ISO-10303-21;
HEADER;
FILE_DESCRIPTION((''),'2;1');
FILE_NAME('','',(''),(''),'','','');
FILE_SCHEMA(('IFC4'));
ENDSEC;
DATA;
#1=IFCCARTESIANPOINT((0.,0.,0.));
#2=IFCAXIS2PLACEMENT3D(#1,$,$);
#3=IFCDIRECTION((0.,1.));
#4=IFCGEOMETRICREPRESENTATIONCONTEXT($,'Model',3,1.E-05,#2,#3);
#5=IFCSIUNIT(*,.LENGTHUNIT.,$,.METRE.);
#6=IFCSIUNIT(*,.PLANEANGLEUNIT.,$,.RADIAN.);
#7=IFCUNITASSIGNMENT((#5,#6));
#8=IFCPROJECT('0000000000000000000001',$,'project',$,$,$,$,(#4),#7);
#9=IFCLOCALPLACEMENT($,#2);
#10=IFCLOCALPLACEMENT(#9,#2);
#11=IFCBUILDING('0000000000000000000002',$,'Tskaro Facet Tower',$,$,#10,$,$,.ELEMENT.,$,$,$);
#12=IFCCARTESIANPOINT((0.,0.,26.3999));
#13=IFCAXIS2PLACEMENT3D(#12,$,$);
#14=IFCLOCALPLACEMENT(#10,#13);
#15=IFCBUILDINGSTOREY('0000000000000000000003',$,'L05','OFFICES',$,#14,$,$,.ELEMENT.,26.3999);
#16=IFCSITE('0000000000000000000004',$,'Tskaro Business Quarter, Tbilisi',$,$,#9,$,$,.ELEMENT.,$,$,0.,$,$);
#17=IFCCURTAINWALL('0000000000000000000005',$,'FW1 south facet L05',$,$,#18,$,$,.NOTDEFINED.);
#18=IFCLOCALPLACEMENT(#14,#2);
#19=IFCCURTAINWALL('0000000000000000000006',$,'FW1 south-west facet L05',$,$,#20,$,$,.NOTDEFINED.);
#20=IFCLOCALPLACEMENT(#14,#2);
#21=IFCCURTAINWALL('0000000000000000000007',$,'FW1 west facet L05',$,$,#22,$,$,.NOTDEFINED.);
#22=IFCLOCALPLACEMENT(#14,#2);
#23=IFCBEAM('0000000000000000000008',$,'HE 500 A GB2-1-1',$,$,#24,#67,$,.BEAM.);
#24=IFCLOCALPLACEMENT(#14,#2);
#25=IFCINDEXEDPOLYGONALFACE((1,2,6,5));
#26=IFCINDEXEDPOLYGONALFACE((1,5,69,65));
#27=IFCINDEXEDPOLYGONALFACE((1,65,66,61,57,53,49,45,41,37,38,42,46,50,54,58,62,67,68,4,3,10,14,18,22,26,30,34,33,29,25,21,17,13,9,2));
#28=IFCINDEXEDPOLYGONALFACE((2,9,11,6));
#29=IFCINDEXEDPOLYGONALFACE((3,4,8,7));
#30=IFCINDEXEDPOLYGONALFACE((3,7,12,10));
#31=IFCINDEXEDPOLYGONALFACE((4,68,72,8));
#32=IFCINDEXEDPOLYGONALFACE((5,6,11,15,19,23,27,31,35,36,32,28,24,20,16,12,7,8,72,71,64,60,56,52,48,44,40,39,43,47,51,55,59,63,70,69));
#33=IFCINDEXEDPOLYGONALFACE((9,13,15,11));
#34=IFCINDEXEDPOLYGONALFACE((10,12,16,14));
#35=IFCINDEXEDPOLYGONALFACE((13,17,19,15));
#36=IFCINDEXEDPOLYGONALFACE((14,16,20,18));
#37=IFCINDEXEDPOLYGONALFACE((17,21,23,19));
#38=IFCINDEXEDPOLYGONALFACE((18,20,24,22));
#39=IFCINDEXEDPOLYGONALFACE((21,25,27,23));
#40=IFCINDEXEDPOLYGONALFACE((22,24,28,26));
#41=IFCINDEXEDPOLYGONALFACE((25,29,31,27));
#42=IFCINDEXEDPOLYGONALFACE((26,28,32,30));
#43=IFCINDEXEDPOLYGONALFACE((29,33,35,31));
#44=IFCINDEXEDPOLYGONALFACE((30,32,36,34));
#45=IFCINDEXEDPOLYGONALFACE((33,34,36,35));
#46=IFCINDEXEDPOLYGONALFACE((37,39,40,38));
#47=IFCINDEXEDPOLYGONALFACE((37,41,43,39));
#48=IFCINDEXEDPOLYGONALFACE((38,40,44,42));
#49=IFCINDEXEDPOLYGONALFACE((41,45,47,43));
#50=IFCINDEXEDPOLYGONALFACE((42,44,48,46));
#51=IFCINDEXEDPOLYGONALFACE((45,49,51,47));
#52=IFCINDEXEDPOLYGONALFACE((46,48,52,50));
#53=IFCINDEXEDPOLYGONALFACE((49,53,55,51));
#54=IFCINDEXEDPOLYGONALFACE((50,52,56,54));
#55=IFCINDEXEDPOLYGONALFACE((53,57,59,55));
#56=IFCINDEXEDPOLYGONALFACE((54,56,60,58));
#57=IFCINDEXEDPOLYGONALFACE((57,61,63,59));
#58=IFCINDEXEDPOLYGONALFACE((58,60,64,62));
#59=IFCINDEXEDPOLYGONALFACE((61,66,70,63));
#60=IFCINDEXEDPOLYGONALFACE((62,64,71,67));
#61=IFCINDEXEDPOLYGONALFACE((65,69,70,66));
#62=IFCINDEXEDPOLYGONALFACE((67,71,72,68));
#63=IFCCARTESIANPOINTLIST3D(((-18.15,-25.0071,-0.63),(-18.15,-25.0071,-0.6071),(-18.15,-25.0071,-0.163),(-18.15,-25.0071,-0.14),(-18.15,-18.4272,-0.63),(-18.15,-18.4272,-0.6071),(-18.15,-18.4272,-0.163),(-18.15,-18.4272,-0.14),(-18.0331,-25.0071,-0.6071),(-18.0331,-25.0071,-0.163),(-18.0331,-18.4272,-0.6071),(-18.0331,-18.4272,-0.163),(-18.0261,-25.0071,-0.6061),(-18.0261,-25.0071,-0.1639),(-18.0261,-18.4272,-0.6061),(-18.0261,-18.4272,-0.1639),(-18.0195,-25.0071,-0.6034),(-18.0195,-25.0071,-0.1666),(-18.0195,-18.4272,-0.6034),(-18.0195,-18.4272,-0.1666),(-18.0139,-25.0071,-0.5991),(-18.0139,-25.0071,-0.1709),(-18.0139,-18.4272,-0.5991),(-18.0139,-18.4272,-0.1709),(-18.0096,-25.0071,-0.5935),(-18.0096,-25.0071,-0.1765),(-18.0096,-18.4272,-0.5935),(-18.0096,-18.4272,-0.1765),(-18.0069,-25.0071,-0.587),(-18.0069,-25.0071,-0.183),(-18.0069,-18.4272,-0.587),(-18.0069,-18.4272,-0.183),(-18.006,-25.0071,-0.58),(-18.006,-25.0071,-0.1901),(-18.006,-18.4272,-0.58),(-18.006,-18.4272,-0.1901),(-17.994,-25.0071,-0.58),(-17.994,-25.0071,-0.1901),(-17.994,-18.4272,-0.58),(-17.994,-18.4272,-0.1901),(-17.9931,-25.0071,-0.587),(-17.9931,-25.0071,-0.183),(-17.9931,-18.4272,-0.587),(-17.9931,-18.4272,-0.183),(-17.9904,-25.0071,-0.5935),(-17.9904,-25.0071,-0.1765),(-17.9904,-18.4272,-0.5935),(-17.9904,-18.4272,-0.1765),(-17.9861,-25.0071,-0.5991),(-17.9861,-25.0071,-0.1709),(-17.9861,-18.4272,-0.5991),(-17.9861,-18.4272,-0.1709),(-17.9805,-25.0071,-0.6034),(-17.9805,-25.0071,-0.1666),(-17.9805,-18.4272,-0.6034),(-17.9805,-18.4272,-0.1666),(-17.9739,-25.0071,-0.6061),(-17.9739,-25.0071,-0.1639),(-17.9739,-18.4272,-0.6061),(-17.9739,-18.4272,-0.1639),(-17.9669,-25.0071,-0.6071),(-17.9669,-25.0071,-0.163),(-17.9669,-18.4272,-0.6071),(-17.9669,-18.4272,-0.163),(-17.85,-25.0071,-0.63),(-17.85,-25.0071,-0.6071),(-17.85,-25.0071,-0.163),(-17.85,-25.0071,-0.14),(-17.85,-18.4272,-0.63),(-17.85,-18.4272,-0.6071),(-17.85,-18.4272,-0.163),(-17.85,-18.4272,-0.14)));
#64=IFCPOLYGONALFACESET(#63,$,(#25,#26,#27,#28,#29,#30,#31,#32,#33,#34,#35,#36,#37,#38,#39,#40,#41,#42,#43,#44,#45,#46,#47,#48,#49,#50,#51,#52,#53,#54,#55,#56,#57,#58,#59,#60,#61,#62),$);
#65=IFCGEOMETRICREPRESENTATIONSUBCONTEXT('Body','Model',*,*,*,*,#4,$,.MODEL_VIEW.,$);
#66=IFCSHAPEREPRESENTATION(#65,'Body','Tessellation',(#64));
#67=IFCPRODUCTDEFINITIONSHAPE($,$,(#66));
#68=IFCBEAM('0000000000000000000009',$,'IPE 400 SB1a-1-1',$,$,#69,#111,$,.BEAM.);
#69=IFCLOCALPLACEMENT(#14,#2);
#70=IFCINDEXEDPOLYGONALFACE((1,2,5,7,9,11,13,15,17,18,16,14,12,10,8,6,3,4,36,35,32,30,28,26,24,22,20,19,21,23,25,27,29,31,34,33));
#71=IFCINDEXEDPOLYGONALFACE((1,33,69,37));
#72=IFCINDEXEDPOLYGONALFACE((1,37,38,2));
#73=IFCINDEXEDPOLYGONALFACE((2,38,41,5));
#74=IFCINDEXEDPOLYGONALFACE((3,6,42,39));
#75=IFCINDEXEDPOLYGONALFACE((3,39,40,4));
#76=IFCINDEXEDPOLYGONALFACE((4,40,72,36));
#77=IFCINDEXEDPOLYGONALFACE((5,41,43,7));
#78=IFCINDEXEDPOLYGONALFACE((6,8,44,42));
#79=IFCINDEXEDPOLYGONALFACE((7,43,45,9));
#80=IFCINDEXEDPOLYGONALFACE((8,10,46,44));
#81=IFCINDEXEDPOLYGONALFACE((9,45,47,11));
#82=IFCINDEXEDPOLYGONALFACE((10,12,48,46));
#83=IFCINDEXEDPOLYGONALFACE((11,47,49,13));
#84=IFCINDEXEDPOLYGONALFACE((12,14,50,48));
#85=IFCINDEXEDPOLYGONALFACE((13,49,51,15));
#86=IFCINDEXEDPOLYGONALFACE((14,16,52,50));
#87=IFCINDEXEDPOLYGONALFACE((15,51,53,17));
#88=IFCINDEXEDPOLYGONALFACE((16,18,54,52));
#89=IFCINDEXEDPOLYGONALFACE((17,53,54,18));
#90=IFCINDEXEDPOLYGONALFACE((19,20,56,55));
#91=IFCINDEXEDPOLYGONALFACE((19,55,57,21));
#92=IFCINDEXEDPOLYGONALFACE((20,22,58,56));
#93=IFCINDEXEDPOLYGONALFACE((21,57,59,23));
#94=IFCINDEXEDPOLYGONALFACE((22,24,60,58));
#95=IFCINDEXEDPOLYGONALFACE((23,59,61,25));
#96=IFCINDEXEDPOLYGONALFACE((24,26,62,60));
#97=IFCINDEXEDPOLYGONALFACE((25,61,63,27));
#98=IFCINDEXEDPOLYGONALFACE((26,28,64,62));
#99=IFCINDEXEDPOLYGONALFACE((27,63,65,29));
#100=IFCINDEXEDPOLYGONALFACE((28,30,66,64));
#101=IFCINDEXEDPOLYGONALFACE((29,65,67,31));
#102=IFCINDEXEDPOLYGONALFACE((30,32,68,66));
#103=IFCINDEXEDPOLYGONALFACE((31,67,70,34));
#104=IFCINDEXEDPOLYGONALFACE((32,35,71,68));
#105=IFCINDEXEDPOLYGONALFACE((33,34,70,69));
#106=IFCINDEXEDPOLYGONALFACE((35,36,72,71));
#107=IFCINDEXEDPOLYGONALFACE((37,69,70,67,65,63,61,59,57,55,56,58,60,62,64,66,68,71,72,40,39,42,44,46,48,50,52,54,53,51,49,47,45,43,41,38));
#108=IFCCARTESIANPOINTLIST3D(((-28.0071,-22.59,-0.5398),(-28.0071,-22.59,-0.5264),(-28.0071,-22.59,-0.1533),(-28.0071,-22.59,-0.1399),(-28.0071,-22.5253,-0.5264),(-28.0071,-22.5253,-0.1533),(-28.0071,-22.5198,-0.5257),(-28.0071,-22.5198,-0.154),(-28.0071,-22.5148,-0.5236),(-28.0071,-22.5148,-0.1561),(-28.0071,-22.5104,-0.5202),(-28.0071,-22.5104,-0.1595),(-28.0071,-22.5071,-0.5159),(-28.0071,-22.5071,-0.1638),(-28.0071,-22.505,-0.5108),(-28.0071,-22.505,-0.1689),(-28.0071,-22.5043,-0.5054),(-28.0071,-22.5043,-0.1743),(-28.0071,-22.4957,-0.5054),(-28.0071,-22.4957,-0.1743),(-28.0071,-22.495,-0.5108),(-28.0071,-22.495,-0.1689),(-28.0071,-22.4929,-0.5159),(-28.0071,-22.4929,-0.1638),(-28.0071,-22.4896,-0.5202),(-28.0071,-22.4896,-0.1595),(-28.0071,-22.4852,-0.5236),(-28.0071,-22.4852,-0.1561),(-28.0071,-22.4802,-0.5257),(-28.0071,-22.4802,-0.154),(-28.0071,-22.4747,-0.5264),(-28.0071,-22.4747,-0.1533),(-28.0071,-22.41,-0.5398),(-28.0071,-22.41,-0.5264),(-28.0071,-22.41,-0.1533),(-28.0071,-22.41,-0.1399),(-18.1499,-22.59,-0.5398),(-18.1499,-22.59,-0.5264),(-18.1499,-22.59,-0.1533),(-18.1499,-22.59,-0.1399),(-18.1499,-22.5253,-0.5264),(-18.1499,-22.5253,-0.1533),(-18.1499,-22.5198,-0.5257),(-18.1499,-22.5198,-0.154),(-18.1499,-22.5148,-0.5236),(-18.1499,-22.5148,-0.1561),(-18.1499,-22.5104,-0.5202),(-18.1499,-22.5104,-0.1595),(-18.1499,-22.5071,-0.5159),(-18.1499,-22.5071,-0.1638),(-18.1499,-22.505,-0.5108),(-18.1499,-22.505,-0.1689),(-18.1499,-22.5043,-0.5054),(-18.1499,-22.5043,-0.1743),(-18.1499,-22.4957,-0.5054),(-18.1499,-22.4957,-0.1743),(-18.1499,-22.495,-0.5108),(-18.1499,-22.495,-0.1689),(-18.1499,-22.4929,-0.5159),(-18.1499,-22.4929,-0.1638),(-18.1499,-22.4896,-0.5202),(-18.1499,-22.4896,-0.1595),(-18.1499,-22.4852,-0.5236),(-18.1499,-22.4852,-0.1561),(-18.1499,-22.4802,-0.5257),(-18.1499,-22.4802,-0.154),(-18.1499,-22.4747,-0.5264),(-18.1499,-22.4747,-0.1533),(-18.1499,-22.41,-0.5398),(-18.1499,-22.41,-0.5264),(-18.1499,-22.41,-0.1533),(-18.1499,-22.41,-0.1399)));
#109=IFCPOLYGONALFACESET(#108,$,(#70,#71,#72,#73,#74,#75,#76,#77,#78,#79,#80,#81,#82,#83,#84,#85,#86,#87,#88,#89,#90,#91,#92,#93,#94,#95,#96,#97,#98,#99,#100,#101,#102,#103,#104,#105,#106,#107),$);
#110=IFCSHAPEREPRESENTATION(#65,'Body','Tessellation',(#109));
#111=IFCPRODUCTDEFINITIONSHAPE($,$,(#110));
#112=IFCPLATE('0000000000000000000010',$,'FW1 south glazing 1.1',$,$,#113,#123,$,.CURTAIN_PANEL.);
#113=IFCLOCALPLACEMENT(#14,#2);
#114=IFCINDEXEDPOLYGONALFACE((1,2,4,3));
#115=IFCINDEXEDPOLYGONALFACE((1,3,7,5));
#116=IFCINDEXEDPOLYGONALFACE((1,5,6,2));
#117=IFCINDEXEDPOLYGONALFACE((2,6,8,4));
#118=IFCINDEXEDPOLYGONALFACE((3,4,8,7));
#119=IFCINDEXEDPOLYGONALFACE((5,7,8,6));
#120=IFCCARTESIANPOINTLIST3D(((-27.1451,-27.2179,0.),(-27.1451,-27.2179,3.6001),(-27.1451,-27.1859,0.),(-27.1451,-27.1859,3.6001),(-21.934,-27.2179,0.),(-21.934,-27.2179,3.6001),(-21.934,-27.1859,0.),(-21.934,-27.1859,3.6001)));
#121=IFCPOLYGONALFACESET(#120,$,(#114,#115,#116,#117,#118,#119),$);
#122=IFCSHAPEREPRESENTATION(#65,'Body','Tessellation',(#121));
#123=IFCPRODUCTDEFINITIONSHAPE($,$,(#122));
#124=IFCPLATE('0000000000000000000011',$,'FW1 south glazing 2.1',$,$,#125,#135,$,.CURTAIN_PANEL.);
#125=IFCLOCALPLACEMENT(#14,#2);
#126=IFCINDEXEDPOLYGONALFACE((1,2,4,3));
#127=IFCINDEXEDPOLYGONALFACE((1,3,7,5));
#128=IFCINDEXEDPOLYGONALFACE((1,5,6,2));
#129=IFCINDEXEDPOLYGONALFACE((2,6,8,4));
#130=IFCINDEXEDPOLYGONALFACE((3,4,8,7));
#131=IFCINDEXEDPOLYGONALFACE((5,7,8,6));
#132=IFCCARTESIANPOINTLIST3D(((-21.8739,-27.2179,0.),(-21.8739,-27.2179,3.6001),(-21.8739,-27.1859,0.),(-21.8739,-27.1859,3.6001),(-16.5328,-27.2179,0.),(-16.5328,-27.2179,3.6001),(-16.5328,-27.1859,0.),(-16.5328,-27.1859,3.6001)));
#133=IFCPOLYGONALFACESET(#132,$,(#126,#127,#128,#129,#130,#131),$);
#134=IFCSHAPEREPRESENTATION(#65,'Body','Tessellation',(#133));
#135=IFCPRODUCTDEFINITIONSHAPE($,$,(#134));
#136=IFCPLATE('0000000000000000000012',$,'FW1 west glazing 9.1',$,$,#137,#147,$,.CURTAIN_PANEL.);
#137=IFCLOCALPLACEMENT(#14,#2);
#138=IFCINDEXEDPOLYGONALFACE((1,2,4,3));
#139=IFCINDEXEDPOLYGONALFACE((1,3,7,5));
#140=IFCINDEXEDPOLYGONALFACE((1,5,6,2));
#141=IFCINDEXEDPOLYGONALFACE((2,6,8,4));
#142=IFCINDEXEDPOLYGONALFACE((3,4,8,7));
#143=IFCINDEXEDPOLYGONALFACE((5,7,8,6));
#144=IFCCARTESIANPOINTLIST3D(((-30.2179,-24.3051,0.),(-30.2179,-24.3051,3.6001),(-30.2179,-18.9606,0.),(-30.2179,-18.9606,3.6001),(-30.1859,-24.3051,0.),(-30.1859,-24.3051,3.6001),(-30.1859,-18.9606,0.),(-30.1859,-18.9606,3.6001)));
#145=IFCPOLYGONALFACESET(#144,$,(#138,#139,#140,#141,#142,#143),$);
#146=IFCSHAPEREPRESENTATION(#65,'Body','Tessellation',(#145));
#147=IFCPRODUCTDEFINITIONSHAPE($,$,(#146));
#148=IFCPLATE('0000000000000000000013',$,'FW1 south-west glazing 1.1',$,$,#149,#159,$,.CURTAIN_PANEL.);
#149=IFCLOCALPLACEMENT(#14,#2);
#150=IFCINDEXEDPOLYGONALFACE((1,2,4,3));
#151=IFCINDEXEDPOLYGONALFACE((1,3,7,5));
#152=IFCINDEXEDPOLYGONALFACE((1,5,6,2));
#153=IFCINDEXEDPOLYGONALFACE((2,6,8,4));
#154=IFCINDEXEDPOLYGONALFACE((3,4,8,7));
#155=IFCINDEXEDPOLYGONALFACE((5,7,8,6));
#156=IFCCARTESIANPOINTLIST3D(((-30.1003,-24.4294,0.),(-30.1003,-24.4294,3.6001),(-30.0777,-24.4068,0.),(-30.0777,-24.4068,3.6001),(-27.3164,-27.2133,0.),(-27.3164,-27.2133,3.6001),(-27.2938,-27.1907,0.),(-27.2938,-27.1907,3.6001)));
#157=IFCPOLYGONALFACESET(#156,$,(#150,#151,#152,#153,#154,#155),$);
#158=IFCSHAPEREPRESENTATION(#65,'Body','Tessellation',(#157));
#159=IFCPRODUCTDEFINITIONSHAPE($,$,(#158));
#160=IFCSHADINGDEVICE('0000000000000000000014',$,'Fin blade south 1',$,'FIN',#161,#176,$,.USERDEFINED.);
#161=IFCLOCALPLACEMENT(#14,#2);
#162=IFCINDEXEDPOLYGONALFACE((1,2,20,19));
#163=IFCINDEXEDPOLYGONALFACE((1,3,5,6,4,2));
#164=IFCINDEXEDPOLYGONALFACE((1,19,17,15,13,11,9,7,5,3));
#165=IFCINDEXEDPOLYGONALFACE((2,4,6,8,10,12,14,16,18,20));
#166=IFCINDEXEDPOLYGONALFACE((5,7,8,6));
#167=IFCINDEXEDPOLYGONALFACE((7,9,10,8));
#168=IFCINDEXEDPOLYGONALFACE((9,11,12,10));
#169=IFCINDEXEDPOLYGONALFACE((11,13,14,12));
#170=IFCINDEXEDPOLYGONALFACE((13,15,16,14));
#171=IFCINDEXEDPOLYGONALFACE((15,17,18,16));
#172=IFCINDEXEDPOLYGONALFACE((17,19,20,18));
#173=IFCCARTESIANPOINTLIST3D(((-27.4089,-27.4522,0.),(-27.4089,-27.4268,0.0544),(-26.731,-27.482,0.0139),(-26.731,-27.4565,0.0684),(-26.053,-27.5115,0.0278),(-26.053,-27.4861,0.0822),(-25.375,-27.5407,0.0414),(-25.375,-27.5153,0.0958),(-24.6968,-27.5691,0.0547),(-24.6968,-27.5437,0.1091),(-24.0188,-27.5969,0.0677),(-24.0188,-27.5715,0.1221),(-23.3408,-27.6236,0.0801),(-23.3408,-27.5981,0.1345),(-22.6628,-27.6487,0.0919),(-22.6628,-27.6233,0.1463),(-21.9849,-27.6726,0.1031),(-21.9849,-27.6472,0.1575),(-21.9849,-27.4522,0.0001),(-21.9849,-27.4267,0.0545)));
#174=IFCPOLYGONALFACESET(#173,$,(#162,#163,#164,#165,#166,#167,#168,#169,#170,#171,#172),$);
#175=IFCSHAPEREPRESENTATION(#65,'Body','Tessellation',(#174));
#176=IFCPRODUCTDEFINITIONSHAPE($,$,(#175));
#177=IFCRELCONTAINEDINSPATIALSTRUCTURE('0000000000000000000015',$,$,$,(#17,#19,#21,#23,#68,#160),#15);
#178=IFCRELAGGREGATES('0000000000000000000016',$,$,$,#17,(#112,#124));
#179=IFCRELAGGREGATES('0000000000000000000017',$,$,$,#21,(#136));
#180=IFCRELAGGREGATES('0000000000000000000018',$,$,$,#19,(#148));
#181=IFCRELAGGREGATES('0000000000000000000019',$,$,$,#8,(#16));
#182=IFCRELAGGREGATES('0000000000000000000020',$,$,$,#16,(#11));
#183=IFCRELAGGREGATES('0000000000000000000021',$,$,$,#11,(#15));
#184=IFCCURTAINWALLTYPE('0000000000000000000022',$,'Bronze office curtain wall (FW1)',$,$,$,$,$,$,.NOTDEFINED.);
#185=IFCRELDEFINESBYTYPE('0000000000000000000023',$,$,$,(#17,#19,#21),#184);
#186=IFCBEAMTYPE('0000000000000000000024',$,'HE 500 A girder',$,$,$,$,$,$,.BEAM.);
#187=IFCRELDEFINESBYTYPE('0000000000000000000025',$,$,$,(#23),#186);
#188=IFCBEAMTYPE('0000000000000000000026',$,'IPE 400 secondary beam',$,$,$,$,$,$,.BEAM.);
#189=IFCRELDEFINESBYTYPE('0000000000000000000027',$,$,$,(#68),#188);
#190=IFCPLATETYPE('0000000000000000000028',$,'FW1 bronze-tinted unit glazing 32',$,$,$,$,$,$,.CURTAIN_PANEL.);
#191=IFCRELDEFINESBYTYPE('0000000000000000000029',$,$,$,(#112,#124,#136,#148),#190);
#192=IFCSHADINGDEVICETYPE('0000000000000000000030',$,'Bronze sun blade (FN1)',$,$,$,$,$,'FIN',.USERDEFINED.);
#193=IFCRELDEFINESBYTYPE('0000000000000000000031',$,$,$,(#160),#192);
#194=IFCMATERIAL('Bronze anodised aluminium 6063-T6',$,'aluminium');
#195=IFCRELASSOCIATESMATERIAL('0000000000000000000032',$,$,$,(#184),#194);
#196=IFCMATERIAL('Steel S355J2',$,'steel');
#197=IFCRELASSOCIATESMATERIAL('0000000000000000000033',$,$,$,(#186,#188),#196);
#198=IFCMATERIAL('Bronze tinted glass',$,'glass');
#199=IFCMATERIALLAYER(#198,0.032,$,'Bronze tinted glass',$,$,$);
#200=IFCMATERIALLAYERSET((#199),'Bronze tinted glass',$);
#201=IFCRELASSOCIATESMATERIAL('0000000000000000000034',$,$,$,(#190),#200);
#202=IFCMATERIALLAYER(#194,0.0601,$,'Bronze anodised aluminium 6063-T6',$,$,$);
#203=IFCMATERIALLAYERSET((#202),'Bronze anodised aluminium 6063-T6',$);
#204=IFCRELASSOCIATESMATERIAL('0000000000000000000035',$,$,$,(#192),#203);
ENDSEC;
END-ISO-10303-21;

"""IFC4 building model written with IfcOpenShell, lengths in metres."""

from ifc_helpers import new_model, si_unit, direction, frame, origin, origin_2d, place, context, subcontext, project, spatial, polyline, rectangle, i_section, outline, extrude, material, layer, layer_set, material_profile, profile_set, type_object, element, aggregate, save


model = new_model("IFC4")

# Units and contexts
model_context = context("Model", 3, precision=1e-05, world=origin(), true_north=direction((0.0, 1.0)))
body_context = subcontext(model_context, "Body", "Model", "MODEL_VIEW")
ifc_project = project(units=[si_unit("LENGTHUNIT", "METRE"), si_unit("PLANEANGLEUNIT", "RADIAN")], contexts=[model_context])

# Site, building, storey
site_placement = place(None, origin())
site = spatial("IfcSite", under=ifc_project, at=site_placement, Name="Tskaro Business Quarter, Tbilisi", CompositionType="ELEMENT", RefElevation=0.0)
building_placement = place(site_placement, origin())
building = spatial("IfcBuilding", under=site, at=building_placement, Name="Tskaro Facet Tower", CompositionType="ELEMENT")
storey_placement = place(building_placement, frame((0.0, 0.0, 26.3999)))
storey = spatial("IfcBuildingStorey", under=building, at=storey_placement, Name="L05", Description="OFFICES", CompositionType="ELEMENT", Elevation=26.3999)

# Curtain walls
ifc_material_1 = material(Name="Bronze anodised aluminium 6063-T6", Category="aluminium")
curtain_wall_type = type_object("IfcCurtainWallType", Name="Bronze office curtain wall (FW1)", PredefinedType="NOTDEFINED", material=ifc_material_1)
curtain_wall_1_placement = place(storey_placement, origin())
curtain_wall_1 = element("IfcCurtainWall", 1, at=curtain_wall_1_placement, inside=storey, type_object=curtain_wall_type, Name="FW1 south facet L05", PredefinedType="NOTDEFINED")
curtain_wall_2_placement = place(storey_placement, origin())
curtain_wall_2 = element("IfcCurtainWall", 2, at=curtain_wall_2_placement, inside=storey, type_object=curtain_wall_type, Name="FW1 south-west facet L05", PredefinedType="NOTDEFINED")

# Curtain wall
curtain_wall_3_placement = place(storey_placement, origin())
curtain_wall_3 = element("IfcCurtainWall", 3, at=curtain_wall_3_placement, inside=storey, type_object=curtain_wall_type, Name="FW1 west facet L05", PredefinedType="NOTDEFINED")

# Beams
ifc_material_2 = material(Name="Steel S355J2", Category="steel")
ifc_material_profile_1 = material_profile(ifc_material_2, i_section(OverallWidth=0.3, OverallDepth=0.49, WebThickness=0.012, FlangeThickness=0.0229, FilletRadius=0.0271, at=origin_2d()), Name="HE 500 A")
ifc_profile_set_1 = profile_set([ifc_material_profile_1], Name="Steel S355J2")
beam_type_1 = type_object("IfcBeamType", Name="HE 500 A girder", PredefinedType="BEAM", material=ifc_profile_set_1)
beam_1_placement = place(storey_placement, frame((-18.0, -25.0071, -0.385), z_axis=(0.0, 1.0, 0.0), x_axis=(-1.0, 0.0, 0.0)))
element("IfcBeam", 4, at=beam_1_placement, inside=storey, type_object=beam_type_1, Name="HE 500 A GB2-1-1", PredefinedType="BEAM", context=body_context, shape_type="SweptSolid", body=[
    extrude(i_section(OverallWidth=0.3, OverallDepth=0.49, WebThickness=0.012, FlangeThickness=0.0229, FilletRadius=0.0271, at=origin_2d()), origin(), (0.0, 0.0, 1.0), 6.5798),
])
ifc_material_profile_2 = material_profile(ifc_material_2, i_section(OverallWidth=0.1799, OverallDepth=0.3999, WebThickness=0.0085, FlangeThickness=0.0134, FilletRadius=0.021, at=origin_2d()), Name="IPE 400")
ifc_profile_set_2 = profile_set([ifc_material_profile_2], Name="Steel S355J2")
beam_type_2 = type_object("IfcBeamType", Name="IPE 400 secondary beam", PredefinedType="BEAM", material=ifc_profile_set_2)
beam_2_placement = place(storey_placement, frame((-28.0071, -22.5, -0.3398), z_axis=(1.0, 0.0, 0.0), x_axis=(0.0, 1.0, 0.0)))
element("IfcBeam", 5, at=beam_2_placement, inside=storey, type_object=beam_type_2, Name="IPE 400 SB1a-1-1", PredefinedType="BEAM", context=body_context, shape_type="SweptSolid", body=[
    extrude(i_section(OverallWidth=0.1799, OverallDepth=0.3999, WebThickness=0.0085, FlangeThickness=0.0134, FilletRadius=0.021, at=origin_2d()), origin(), (0.0, 0.0, 1.0), 9.8572),
])

# Plates
ifc_material_3 = material(Name="Bronze tinted glass", Category="glass")
ifc_layer_1 = layer(ifc_material_3, 0.032, Name="Bronze tinted glass")
ifc_layer_set_1 = layer_set([ifc_layer_1], Name="Bronze tinted glass")
plate_type = type_object("IfcPlateType", Name="FW1 bronze-tinted unit glazing 32", PredefinedType="CURTAIN_PANEL", material=ifc_layer_set_1)
plate_1_placement = place(storey_placement, frame((-24.5396, -27.2019, 0.0), z_axis=(0.0, 0.0, 1.0), x_axis=(1.0, 0.0, 0.0)))
plate_1 = element("IfcPlate", 6, at=plate_1_placement, type_object=plate_type, Name="FW1 south glazing 1.1", PredefinedType="CURTAIN_PANEL", context=body_context, shape_type="SweptSolid", body=[
    extrude(rectangle(XDim=5.2112, YDim=0.032, at=origin_2d()), origin(), (0.0, 0.0, 1.0), 3.6001),
])
plate_2_placement = place(storey_placement, frame((-19.2034, -27.2019, 0.0), z_axis=(0.0, 0.0, 1.0), x_axis=(1.0, 0.0, 0.0)))
plate_2 = element("IfcPlate", 7, at=plate_2_placement, type_object=plate_type, Name="FW1 south glazing 2.1", PredefinedType="CURTAIN_PANEL", context=body_context, shape_type="SweptSolid", body=[
    extrude(rectangle(XDim=5.3411, YDim=0.032, at=origin_2d()), origin(), (0.0, 0.0, 1.0), 3.6001),
])
aggregate(curtain_wall_1, [plate_1, plate_2])
plate_3_placement = place(storey_placement, frame((-30.2019, -21.6328, 0.0), z_axis=(0.0, 0.0, 1.0), x_axis=(0.0, -1.0, 0.0)))
plate_3 = element("IfcPlate", 8, at=plate_3_placement, type_object=plate_type, Name="FW1 west glazing 9.1", PredefinedType="CURTAIN_PANEL", context=body_context, shape_type="SweptSolid", body=[
    extrude(rectangle(XDim=5.3445, YDim=0.032, at=origin_2d()), origin(), (0.0, 0.0, 1.0), 3.6001),
])
aggregate(curtain_wall_3, [plate_3])
plate_4_placement = place(storey_placement, frame((-28.697, -25.8101, 0.0), z_axis=(0.0, 0.0, 1.0), x_axis=(0.707107, -0.707107, 0.0)))
plate_4 = element("IfcPlate", 9, at=plate_4_placement, type_object=plate_type, Name="FW1 south-west glazing 1.1", PredefinedType="CURTAIN_PANEL", context=body_context, shape_type="SweptSolid", body=[
    extrude(rectangle(XDim=3.937, YDim=0.032, at=origin_2d()), origin(), (0.0, 0.0, 1.0), 3.6001),
])
aggregate(curtain_wall_2, [plate_4])

# Shading device
ifc_layer_2 = layer(ifc_material_1, 0.0601, Name="Bronze anodised aluminium 6063-T6")
ifc_layer_set_2 = layer_set([ifc_layer_2], Name="Bronze anodised aluminium 6063-T6")
shading_device_type = type_object("IfcShadingDeviceType", Name="Bronze sun blade (FN1)", ElementType="FIN", PredefinedType="USERDEFINED", material=ifc_layer_set_2)
shading_device_1_placement = place(storey_placement, frame((-27.4089, -27.4268, 0.0544), z_axis=(-0.000004, 0.423288, 0.905995), x_axis=(1.0, 0.000002, 0.000004)))
element("IfcShadingDevice", 10, at=shading_device_1_placement, inside=storey, type_object=shading_device_type, Name="Fin blade south 1", ObjectType="FIN", PredefinedType="USERDEFINED", context=body_context, shape_type="SweptSolid", body=[
    extrude(outline(polyline([(0.0, 0.0), (5.4241, 0.0), (5.4241, -0.2433), (4.7461, -0.2169), (4.0681, -0.1892), (3.3901, -0.1598), (2.7122, -0.1291), (2.0339, -0.0978), (1.356, -0.0655), (0.678, -0.0329), (0.0, 0.0)])), origin(), (0.0, 0.0, -1.0), 0.0601),
])

save(model, "model.ifc")
